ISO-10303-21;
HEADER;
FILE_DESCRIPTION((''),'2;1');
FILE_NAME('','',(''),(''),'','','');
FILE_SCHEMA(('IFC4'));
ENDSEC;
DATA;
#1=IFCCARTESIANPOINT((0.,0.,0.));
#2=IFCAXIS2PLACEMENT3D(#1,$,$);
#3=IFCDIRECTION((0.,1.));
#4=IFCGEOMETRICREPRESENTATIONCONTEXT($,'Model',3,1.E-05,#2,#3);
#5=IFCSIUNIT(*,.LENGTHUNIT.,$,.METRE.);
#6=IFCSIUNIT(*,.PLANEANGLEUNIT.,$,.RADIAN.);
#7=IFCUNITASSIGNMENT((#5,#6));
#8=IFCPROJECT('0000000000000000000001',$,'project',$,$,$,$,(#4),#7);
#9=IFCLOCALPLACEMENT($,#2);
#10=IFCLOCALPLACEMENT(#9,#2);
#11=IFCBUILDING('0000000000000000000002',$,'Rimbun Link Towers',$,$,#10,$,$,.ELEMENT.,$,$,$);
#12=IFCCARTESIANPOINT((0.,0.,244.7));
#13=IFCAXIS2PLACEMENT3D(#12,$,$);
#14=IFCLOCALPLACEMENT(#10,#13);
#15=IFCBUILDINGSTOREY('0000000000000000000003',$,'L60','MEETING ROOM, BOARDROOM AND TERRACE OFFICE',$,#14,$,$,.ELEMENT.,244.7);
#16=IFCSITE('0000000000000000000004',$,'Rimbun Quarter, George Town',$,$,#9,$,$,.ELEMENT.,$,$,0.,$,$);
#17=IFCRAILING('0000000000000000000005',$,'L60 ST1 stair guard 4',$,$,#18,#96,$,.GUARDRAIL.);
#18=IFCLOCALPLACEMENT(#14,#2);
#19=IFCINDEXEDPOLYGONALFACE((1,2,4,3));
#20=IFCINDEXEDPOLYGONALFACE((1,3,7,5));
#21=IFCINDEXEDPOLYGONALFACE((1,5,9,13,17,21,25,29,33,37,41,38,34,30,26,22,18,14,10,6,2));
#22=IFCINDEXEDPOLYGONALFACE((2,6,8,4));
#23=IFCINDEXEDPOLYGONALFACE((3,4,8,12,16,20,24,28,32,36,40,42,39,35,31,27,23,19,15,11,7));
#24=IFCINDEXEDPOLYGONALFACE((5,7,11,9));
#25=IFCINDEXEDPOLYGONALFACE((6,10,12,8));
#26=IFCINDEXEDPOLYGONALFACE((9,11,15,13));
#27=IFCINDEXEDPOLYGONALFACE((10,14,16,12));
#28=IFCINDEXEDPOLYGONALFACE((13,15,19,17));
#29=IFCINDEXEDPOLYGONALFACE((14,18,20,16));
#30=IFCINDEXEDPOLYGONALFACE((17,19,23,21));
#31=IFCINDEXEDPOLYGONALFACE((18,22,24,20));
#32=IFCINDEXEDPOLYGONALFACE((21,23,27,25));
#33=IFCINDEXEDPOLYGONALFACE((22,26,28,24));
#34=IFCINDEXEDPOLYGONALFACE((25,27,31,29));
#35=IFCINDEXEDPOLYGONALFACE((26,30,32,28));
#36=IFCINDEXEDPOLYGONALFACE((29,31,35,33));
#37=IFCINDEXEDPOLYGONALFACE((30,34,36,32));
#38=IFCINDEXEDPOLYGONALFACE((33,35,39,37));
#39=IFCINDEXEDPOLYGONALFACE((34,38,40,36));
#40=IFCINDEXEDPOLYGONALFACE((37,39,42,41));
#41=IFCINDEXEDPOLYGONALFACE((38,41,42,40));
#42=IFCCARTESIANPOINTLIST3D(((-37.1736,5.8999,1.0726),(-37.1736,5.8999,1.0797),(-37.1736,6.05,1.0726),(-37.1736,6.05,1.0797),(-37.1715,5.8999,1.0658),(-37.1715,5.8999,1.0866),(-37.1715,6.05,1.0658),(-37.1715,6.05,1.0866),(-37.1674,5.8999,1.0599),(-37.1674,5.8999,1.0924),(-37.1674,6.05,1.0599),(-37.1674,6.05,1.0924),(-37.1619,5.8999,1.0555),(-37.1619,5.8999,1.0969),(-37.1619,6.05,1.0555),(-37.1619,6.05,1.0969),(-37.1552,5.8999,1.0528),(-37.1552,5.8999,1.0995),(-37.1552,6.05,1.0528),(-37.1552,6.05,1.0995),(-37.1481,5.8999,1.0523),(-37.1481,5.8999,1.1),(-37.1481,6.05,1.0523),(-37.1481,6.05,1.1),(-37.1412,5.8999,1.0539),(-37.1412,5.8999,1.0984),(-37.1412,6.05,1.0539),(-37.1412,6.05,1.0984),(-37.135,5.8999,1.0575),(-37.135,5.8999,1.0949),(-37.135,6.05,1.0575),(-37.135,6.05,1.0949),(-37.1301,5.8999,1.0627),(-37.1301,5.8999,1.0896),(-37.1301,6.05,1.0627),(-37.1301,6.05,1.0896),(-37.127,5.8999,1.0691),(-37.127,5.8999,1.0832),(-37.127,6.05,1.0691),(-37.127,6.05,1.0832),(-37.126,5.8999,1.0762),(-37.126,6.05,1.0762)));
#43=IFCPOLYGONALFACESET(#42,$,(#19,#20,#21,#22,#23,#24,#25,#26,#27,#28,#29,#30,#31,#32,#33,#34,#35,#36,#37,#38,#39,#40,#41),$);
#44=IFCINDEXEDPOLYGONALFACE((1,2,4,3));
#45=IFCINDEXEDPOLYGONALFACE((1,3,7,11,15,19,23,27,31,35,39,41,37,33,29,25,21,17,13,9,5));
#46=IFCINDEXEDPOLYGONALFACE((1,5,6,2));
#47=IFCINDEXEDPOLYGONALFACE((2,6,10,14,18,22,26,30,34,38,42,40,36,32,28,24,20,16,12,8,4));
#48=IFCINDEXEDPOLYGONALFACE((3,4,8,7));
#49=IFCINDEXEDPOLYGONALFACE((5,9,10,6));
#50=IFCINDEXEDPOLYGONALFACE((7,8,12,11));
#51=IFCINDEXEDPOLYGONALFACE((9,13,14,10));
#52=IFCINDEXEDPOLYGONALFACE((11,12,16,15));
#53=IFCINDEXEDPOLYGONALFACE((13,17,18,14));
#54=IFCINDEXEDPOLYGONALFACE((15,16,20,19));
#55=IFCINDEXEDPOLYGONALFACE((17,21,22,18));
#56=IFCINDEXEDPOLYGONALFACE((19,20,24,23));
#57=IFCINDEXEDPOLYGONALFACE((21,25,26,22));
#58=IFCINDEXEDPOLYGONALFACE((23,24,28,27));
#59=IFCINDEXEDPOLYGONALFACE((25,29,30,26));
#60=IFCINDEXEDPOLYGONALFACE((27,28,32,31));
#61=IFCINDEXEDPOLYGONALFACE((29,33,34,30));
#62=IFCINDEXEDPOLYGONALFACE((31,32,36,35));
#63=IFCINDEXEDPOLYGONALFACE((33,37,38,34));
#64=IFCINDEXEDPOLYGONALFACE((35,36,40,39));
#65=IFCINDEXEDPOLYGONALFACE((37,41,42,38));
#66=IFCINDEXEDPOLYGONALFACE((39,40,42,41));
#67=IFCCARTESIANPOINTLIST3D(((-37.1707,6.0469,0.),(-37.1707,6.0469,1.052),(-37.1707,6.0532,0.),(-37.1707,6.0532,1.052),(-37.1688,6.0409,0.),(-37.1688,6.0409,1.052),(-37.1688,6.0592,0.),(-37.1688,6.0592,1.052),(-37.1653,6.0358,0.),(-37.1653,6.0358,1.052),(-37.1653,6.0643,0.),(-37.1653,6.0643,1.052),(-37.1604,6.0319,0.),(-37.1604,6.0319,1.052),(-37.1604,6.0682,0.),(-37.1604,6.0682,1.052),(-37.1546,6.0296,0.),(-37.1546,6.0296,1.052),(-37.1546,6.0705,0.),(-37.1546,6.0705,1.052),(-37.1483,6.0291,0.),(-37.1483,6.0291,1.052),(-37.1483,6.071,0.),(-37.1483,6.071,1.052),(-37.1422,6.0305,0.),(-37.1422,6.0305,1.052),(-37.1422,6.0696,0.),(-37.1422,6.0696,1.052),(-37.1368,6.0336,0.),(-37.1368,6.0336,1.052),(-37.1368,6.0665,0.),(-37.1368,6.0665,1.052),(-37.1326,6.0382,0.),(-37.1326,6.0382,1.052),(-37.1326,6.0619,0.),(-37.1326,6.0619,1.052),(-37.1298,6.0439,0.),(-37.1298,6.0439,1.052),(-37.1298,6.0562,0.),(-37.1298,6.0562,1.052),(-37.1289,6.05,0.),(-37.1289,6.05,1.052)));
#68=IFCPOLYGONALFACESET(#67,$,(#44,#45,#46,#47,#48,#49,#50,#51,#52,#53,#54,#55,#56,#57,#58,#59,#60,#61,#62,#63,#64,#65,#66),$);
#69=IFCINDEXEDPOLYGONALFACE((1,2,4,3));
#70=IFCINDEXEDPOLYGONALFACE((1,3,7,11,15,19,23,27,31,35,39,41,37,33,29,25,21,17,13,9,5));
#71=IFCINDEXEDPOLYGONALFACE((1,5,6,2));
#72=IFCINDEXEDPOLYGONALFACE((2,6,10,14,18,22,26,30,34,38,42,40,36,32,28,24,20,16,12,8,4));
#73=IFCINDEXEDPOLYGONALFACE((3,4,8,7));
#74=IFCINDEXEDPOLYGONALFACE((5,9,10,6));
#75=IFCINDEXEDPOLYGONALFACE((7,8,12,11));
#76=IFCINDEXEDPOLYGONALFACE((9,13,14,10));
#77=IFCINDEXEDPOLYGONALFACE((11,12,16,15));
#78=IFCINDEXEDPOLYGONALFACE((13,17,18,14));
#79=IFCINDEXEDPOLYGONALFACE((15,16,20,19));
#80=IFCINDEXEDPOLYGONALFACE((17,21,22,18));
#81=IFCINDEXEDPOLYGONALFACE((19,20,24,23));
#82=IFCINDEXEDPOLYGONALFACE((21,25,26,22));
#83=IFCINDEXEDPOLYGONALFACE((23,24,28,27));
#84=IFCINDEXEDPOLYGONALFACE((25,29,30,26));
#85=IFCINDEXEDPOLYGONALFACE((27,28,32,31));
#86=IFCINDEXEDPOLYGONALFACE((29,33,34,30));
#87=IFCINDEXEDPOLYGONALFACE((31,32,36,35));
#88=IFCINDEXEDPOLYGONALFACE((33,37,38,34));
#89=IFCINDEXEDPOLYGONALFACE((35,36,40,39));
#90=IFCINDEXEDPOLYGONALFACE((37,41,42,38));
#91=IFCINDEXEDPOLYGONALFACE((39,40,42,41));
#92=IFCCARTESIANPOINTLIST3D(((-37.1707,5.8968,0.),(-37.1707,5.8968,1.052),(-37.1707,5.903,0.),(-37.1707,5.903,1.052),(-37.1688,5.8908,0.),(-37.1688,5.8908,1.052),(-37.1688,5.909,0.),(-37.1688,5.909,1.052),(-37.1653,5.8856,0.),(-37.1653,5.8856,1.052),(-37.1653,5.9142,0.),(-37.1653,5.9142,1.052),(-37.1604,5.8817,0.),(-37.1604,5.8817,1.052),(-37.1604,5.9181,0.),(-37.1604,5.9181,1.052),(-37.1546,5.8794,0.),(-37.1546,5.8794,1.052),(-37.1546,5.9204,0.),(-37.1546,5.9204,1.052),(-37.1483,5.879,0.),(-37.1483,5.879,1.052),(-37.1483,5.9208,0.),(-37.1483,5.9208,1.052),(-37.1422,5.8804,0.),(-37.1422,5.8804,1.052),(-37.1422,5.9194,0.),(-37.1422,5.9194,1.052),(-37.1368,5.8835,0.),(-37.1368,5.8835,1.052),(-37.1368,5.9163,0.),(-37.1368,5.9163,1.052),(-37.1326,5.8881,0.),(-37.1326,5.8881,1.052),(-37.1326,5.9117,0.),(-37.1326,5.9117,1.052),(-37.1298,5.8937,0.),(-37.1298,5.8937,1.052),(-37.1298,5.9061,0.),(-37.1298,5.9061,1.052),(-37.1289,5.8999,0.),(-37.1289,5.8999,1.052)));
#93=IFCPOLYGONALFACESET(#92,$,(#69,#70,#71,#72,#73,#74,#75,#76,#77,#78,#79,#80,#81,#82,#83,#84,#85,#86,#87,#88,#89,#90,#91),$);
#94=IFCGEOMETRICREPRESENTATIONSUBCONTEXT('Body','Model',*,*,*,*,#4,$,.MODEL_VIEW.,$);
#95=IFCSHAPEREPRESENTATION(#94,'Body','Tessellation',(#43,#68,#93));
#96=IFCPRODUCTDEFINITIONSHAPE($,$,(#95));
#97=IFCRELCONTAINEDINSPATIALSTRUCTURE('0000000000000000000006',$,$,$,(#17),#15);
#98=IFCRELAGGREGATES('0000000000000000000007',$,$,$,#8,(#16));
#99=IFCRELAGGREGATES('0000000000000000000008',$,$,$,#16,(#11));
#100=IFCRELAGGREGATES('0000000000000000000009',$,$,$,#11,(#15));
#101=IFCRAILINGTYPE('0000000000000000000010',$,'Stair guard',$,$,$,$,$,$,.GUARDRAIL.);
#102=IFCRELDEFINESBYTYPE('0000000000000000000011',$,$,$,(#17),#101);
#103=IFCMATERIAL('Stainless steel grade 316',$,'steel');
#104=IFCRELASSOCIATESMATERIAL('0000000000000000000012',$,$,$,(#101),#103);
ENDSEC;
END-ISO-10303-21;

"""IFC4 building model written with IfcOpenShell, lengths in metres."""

from ifc_helpers import new_model, si_unit, direction, frame, origin, origin_2d, place, context, subcontext, project, spatial, circle, extrude, material, type_object, element, save


model = new_model("IFC4")

# Units and contexts
model_context = context("Model", 3, precision=1e-05, world=origin(), true_north=direction((0.0, 1.0)))
body_context = subcontext(model_context, "Body", "Model", "MODEL_VIEW")
ifc_project = project(units=[si_unit("LENGTHUNIT", "METRE"), si_unit("PLANEANGLEUNIT", "RADIAN")], contexts=[model_context])

# Site, building, storey
site_placement = place(None, origin())
site = spatial("IfcSite", under=ifc_project, at=site_placement, Name="Rimbun Quarter, George Town", CompositionType="ELEMENT", RefElevation=0.0)
building_placement = place(site_placement, origin())
building = spatial("IfcBuilding", under=site, at=building_placement, Name="Rimbun Link Towers", CompositionType="ELEMENT")
storey_placement = place(building_placement, frame((0.0, 0.0, 244.7)))
storey = spatial("IfcBuildingStorey", under=building, at=storey_placement, Name="L60", Description="MEETING ROOM, BOARDROOM AND TERRACE OFFICE", CompositionType="ELEMENT", Elevation=244.7)

# Railing
ifc_material_1 = material(Name="Stainless steel grade 316", Category="steel")
railing_type_1 = type_object("IfcRailingType", Name="Stair guard", PredefinedType="GUARDRAIL", material=ifc_material_1)
railing_1_placement = place(storey_placement, frame((-37.1499, 6.05, 0.0)))
element("IfcRailing", 1, at=railing_1_placement, inside=storey, type_object=railing_type_1, Name="L60 ST1 stair guard 4", PredefinedType="GUARDRAIL", context=body_context, shape_type="SweptSolid", body=[
    extrude(circle(Radius=0.0239, at=origin_2d()), frame((0.0, 0.0, 1.0762), z_axis=(0.0, -1.0, 0.0), x_axis=(1.0, 0.0, 0.0)), (0.0, 0.0, 1.0), 0.1501),
    extrude(circle(Radius=0.021, at=origin_2d()), origin(), (0.0, 0.0, 1.0), 1.052),
    extrude(circle(Radius=0.021, at=origin_2d()), frame((0.0, -0.1501, 0.0)), (0.0, 0.0, 1.0), 1.052),
])

save(model, "model.ifc")
